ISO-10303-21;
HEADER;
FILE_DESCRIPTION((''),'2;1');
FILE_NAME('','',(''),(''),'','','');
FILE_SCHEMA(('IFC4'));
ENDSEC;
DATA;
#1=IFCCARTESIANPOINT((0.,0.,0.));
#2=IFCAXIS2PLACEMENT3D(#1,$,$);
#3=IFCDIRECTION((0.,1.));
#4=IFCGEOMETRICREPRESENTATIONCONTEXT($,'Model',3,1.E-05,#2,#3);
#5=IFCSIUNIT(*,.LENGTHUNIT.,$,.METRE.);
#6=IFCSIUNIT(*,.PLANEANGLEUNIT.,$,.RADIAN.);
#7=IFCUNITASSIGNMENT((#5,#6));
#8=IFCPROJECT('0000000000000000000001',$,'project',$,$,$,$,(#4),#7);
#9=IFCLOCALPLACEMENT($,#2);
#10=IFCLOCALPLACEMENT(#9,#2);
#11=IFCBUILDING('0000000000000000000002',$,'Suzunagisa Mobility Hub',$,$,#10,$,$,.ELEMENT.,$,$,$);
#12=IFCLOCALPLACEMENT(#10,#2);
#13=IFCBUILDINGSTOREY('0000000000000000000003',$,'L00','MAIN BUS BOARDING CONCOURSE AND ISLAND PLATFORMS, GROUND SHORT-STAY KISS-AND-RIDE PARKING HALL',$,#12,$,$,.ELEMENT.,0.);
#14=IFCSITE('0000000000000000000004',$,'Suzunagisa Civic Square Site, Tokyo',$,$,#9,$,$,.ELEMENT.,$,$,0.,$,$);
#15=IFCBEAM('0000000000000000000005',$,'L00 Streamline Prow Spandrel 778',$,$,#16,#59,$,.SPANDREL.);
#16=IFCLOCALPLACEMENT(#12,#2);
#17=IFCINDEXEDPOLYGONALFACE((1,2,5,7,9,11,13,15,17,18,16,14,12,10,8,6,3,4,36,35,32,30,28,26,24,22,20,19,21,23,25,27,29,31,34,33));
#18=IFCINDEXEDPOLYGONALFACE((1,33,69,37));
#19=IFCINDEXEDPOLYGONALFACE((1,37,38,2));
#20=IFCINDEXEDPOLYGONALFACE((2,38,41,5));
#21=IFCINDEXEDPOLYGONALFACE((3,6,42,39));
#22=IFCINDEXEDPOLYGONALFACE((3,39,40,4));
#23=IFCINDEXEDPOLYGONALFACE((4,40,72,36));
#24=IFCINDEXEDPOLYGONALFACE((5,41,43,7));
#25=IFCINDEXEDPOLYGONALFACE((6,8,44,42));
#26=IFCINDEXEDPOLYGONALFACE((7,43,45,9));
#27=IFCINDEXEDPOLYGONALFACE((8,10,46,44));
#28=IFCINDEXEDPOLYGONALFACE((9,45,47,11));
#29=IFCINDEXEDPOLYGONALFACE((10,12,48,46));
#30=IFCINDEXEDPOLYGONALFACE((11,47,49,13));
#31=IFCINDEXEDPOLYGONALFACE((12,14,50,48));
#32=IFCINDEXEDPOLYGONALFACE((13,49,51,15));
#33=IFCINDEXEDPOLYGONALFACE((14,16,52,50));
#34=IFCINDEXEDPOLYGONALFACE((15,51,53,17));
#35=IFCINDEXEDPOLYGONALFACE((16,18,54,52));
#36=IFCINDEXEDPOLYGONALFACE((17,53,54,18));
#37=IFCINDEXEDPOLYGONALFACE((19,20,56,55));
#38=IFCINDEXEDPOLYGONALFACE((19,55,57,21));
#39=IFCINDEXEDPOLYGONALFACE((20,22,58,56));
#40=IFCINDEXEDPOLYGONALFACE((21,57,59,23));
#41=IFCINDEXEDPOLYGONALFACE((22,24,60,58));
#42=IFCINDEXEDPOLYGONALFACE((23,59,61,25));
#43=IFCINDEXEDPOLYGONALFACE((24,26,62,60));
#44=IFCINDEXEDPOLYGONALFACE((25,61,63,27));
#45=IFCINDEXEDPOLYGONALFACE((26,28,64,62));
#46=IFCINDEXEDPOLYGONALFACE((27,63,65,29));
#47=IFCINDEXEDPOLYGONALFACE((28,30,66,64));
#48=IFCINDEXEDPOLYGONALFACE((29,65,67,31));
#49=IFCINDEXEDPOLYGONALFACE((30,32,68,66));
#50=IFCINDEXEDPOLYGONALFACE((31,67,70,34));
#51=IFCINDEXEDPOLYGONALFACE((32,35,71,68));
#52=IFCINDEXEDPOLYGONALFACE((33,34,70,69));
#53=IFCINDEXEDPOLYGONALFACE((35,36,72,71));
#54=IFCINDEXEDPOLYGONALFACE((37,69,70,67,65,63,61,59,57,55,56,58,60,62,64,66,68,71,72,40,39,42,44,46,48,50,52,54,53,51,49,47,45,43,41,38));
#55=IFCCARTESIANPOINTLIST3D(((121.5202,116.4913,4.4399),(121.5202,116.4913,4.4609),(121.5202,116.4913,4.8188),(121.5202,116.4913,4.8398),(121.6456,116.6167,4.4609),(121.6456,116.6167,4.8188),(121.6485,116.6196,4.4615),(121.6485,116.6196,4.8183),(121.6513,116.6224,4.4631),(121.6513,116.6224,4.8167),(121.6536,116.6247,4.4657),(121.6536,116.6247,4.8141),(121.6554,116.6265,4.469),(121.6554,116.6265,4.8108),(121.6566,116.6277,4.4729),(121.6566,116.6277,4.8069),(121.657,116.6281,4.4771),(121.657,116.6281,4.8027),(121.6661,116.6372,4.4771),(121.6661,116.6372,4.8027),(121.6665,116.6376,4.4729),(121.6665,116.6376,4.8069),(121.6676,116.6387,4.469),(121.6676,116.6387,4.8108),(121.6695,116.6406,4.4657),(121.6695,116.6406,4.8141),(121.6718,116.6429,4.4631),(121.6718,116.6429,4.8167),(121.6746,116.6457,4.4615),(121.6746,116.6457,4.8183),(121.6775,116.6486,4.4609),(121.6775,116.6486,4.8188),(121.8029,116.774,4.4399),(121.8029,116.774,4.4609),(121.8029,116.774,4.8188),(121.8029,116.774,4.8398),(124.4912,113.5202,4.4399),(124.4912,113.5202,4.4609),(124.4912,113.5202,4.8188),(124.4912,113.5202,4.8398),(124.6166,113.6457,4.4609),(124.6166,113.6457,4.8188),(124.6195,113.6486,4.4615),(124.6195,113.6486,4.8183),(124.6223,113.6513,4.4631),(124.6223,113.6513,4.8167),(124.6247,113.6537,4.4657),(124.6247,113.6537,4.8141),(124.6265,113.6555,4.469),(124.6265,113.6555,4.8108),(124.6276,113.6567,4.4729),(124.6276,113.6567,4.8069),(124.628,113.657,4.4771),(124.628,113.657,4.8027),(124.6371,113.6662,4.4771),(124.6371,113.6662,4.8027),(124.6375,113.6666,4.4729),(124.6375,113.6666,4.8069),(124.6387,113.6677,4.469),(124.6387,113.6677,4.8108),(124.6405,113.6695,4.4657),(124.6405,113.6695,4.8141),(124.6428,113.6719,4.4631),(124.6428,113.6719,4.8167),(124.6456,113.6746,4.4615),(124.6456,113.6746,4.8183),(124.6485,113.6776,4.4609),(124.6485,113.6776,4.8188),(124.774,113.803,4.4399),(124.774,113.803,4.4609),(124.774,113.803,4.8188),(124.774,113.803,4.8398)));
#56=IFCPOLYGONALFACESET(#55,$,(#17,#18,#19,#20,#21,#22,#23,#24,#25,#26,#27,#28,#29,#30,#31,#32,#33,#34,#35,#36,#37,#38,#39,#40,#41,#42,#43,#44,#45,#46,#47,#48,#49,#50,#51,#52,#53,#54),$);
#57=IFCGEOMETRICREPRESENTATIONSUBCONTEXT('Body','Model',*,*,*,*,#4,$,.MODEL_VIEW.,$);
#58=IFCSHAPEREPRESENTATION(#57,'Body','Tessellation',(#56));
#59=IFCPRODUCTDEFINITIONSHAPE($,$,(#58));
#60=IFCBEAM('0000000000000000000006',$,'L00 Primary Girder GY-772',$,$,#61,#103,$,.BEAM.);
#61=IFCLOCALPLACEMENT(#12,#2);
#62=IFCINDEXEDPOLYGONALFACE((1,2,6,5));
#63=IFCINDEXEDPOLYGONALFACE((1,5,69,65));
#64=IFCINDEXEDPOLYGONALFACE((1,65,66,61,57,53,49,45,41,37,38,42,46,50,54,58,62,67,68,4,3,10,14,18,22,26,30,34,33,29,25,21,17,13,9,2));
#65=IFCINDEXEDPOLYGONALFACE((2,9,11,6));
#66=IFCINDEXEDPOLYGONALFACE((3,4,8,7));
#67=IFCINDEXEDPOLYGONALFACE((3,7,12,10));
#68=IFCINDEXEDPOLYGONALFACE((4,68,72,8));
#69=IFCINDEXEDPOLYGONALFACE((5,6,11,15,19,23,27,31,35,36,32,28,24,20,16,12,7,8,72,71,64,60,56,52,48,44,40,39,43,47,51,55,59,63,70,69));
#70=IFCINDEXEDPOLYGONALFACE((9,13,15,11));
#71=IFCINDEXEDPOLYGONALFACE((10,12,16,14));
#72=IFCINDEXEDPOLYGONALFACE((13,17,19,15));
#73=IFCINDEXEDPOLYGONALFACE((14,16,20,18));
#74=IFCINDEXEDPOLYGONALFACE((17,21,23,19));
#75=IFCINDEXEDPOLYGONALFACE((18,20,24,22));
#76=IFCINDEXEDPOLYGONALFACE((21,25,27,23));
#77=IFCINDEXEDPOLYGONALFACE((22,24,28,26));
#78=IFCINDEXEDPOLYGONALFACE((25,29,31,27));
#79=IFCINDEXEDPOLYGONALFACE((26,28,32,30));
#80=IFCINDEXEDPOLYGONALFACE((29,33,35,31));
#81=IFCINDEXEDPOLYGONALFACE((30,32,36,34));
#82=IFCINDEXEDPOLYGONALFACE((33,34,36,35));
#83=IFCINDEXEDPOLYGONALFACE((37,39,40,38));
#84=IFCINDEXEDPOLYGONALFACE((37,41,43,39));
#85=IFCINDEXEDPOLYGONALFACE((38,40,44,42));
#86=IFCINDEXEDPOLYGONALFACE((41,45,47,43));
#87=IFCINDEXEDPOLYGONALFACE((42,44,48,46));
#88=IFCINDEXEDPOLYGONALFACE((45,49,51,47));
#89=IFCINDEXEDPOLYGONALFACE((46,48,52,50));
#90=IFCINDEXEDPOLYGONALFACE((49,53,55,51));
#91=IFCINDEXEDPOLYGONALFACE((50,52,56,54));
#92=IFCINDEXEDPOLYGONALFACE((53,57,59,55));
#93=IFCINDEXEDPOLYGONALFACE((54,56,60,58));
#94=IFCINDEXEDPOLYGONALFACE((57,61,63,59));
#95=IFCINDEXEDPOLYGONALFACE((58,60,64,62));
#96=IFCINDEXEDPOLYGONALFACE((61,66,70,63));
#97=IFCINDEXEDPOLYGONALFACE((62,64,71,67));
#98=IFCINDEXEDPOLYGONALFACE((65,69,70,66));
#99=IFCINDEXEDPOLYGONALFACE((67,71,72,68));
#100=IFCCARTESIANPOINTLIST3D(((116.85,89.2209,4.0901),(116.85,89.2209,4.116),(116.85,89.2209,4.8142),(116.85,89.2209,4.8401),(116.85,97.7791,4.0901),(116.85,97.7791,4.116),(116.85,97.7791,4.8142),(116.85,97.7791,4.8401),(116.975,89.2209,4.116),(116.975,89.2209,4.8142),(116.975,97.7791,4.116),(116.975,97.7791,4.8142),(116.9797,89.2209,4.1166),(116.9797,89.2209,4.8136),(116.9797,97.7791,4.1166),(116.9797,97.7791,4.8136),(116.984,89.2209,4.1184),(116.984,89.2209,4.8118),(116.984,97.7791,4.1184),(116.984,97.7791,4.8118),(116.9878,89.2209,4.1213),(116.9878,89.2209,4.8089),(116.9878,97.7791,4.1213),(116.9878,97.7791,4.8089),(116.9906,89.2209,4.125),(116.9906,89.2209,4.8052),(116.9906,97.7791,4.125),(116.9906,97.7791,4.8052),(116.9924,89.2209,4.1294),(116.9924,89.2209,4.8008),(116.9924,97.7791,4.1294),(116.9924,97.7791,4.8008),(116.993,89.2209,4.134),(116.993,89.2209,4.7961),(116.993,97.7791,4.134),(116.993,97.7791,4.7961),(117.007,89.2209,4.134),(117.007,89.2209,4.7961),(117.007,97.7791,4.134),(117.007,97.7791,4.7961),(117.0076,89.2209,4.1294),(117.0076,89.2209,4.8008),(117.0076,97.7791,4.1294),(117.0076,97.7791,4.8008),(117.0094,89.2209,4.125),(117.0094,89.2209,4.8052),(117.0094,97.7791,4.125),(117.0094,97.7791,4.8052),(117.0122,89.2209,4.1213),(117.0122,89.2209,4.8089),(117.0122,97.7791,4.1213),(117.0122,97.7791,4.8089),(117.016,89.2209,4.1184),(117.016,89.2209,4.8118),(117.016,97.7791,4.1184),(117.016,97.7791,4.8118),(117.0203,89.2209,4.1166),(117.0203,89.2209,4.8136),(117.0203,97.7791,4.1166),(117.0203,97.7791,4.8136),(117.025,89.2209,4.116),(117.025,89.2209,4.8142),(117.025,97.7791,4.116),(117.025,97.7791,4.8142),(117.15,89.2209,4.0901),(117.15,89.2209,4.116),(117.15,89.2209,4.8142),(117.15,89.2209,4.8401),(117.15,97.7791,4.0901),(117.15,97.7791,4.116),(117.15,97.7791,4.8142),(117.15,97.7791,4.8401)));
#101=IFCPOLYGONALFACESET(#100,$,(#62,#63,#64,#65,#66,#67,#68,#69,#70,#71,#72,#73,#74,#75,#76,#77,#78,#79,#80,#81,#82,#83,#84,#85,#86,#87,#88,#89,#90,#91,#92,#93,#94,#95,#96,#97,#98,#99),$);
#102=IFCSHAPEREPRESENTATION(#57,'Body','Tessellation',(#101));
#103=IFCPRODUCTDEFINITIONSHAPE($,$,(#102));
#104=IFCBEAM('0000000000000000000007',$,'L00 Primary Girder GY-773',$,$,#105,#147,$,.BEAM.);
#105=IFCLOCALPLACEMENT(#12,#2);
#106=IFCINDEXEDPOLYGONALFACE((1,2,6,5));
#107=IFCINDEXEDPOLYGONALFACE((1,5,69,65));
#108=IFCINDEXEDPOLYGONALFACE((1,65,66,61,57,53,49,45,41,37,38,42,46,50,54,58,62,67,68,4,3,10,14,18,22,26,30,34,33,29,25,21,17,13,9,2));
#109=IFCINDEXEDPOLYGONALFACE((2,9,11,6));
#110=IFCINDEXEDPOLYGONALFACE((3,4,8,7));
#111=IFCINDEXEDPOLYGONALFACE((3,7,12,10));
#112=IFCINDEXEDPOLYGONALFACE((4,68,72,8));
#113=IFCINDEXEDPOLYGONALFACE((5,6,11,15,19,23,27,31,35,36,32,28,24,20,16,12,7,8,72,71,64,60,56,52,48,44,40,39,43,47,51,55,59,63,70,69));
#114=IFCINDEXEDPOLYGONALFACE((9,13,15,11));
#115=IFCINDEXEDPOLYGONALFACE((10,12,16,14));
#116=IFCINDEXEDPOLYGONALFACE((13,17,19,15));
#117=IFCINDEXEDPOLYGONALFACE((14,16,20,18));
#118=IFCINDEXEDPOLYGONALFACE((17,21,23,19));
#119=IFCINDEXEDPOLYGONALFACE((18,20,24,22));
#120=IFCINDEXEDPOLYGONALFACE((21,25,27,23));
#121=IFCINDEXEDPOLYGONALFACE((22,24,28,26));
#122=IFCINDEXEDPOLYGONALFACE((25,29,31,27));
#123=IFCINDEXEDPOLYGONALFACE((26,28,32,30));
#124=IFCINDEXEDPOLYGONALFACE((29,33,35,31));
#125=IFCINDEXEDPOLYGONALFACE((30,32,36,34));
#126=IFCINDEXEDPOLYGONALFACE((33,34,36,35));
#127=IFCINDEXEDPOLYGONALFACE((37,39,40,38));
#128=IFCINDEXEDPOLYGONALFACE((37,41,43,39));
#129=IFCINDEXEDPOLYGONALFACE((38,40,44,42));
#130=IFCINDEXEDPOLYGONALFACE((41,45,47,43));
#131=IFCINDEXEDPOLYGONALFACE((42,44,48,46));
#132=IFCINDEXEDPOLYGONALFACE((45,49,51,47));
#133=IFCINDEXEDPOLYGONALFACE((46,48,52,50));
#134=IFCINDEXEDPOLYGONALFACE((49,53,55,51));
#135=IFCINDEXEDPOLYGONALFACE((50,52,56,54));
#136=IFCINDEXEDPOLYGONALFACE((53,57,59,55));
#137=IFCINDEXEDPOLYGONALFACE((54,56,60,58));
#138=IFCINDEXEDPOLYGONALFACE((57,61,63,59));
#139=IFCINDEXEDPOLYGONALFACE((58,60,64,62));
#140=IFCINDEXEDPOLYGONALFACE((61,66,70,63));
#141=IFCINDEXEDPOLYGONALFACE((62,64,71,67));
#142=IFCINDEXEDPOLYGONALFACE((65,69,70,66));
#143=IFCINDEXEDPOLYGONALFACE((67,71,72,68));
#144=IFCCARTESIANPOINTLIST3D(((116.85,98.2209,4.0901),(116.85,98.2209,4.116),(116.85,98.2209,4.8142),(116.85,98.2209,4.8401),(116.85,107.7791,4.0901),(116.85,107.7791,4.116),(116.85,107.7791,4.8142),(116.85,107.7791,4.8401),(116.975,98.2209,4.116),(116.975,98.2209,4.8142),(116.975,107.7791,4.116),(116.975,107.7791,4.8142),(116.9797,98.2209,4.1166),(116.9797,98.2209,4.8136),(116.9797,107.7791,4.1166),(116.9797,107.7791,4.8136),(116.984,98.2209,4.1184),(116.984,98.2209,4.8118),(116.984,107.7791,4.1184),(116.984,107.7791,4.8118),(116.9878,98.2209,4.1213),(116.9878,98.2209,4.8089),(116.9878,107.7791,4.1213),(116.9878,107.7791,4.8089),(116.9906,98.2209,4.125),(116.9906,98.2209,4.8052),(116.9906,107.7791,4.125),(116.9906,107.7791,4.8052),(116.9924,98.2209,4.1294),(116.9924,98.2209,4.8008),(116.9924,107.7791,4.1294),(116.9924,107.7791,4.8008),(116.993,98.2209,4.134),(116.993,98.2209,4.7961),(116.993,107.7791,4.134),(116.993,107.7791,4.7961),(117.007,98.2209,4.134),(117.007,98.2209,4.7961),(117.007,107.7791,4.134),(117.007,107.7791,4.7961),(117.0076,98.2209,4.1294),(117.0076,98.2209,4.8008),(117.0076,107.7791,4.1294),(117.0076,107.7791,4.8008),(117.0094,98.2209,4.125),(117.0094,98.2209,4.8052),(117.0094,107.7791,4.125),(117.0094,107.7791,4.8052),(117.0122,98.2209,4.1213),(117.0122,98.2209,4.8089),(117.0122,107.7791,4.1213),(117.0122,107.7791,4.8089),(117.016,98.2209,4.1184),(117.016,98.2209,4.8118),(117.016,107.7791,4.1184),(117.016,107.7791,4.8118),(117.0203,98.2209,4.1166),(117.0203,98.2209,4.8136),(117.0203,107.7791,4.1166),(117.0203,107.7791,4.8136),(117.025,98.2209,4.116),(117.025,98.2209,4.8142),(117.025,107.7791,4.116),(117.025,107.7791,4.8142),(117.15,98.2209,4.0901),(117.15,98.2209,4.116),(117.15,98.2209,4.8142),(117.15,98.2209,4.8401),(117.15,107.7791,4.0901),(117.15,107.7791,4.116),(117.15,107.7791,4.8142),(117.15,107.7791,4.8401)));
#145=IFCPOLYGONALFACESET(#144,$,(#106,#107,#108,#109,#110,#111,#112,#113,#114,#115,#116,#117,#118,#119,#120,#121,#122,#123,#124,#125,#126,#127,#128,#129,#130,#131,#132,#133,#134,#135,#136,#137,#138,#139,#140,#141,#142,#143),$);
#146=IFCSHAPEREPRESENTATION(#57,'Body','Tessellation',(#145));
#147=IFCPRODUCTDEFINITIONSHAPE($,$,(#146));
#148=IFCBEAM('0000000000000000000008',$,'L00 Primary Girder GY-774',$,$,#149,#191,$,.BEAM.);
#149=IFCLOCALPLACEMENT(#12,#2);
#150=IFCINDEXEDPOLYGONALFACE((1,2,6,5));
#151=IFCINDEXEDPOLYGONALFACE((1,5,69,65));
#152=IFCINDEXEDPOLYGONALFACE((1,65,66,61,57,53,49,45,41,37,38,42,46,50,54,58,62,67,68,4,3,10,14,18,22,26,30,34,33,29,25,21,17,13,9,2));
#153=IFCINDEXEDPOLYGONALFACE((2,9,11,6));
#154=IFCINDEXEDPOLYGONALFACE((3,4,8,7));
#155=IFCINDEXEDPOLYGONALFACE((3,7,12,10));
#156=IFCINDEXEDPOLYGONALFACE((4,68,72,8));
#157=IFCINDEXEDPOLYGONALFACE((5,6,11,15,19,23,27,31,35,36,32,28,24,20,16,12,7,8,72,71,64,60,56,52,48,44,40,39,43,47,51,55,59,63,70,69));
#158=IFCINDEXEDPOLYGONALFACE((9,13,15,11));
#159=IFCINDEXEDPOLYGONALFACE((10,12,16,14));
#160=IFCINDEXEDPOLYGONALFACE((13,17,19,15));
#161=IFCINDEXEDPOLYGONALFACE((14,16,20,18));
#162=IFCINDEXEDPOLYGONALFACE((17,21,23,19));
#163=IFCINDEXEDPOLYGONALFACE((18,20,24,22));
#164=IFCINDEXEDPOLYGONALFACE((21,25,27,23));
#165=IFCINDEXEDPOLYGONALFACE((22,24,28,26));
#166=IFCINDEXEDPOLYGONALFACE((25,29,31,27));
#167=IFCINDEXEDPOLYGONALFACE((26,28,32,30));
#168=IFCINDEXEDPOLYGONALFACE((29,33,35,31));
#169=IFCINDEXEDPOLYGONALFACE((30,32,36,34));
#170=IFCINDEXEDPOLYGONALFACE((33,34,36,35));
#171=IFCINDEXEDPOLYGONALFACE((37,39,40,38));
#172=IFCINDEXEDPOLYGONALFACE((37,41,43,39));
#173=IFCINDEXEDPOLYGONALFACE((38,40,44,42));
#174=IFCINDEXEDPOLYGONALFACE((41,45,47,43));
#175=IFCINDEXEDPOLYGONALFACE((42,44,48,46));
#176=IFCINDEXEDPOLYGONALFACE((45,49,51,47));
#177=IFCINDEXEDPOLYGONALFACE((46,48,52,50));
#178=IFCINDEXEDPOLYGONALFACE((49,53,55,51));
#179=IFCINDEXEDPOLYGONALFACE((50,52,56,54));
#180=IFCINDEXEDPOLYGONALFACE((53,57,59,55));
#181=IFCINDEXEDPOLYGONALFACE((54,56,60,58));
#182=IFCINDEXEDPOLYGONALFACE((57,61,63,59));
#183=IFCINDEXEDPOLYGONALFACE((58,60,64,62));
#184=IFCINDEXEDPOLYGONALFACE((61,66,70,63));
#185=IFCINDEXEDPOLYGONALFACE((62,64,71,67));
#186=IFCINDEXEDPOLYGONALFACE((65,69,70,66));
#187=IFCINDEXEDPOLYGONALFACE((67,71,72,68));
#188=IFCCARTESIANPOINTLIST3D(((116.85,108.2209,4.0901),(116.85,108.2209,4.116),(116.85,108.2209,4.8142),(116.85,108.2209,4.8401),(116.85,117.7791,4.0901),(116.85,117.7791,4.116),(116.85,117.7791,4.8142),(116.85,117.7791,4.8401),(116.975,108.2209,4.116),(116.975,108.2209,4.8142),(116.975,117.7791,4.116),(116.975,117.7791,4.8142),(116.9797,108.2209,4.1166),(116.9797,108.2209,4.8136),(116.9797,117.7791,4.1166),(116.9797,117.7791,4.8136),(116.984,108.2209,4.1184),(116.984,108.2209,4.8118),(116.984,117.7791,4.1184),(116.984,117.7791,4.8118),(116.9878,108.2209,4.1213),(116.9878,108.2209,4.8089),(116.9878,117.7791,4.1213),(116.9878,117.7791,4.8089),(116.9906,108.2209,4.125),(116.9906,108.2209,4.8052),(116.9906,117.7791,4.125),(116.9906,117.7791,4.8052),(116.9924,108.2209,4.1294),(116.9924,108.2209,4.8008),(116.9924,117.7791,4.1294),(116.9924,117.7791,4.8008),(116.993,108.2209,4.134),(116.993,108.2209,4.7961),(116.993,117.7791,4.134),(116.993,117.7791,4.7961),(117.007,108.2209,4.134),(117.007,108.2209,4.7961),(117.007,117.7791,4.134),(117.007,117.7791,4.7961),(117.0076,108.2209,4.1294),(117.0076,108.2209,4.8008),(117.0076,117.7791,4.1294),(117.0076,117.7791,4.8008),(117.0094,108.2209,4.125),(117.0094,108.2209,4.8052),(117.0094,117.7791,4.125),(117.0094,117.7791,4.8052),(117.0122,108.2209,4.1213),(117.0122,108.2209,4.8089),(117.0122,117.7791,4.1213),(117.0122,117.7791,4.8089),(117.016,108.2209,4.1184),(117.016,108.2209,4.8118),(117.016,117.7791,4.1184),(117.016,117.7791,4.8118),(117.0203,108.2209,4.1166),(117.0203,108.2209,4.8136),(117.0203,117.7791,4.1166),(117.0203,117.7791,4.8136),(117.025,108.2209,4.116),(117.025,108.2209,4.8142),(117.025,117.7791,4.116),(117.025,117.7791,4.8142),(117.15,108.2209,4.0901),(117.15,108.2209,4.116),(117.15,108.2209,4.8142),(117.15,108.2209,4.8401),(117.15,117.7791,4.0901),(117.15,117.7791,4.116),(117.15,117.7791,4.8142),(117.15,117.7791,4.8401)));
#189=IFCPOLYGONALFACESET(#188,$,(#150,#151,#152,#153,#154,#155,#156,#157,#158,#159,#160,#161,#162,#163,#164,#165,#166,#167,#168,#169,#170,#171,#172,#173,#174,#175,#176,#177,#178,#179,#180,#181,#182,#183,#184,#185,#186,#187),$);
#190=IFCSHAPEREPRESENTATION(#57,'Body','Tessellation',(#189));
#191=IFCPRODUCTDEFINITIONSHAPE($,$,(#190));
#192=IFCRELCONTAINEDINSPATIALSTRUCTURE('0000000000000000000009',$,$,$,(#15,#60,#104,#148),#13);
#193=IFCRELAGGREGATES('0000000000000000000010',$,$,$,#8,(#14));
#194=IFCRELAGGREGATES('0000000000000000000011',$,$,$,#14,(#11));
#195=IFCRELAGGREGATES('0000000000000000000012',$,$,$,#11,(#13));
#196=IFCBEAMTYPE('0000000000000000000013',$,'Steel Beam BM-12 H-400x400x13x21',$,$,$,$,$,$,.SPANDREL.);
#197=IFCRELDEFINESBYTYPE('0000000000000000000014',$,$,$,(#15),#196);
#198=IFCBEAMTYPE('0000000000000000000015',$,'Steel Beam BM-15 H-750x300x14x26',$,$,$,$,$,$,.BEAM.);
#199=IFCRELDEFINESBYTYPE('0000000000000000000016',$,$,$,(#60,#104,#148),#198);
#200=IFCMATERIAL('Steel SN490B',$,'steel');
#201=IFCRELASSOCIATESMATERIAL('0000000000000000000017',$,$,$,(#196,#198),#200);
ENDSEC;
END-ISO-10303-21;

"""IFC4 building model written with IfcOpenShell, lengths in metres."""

from ifc_helpers import new_model, si_unit, direction, frame, origin, origin_2d, place, context, subcontext, project, spatial, i_section, extrude, material, material_profile, profile_set, type_object, element, save


model = new_model("IFC4")

# Units and contexts
model_context = context("Model", 3, precision=1e-05, world=origin(), true_north=direction((0.0, 1.0)))
body_context = subcontext(model_context, "Body", "Model", "MODEL_VIEW")
ifc_project = project(units=[si_unit("LENGTHUNIT", "METRE"), si_unit("PLANEANGLEUNIT", "RADIAN")], contexts=[model_context])

# Site, building, storey
site_placement = place(None, origin())
site = spatial("IfcSite", under=ifc_project, at=site_placement, Name="Suzunagisa Civic Square Site, Tokyo", CompositionType="ELEMENT", RefElevation=0.0)
building_placement = place(site_placement, origin())
building = spatial("IfcBuilding", under=site, at=building_placement, Name="Suzunagisa Mobility Hub", CompositionType="ELEMENT")
storey_placement = place(building_placement, origin())
storey = spatial("IfcBuildingStorey", under=building, at=storey_placement, Name="L00", Description="MAIN BUS BOARDING CONCOURSE AND ISLAND PLATFORMS, GROUND SHORT-STAY KISS-AND-RIDE PARKING HALL", CompositionType="ELEMENT", Elevation=0.0)

# Shared definitions
ifc_material_1 = material(Name="Steel SN490B", Category="steel")

# Beams
ifc_material_profile_1 = material_profile(ifc_material_1, i_section(OverallWidth=0.3999, OverallDepth=0.3999, WebThickness=0.0129, FlangeThickness=0.021, FilletRadius=0.0161, at=origin_2d()), Name="H-400x400x13x21")
ifc_profile_set_1 = profile_set([ifc_material_profile_1], Name="Steel SN490B")
beam_type_1 = type_object("IfcBeamType", Name="Steel Beam BM-12 H-400x400x13x21", PredefinedType="SPANDREL", material=ifc_profile_set_1)
beam_1_placement = place(storey_placement, frame((124.6326, 113.6616, 4.6399), z_axis=(-0.707107, 0.707107, 0.0), x_axis=(-0.707107, -0.707107, 0.0)))
element("IfcBeam", 1, at=beam_1_placement, inside=storey, type_object=beam_type_1, Name="L00 Streamline Prow Spandrel 778", PredefinedType="SPANDREL", context=body_context, shape_type="SweptSolid", body=[
    extrude(i_section(OverallWidth=0.3999, OverallDepth=0.3999, WebThickness=0.0129, FlangeThickness=0.021, FilletRadius=0.0161, at=origin_2d()), origin(), (0.0, 0.0, 1.0), 4.2017),
])
ifc_material_profile_2 = material_profile(ifc_material_1, i_section(OverallWidth=0.3, OverallDepth=0.75, WebThickness=0.0139, FlangeThickness=0.0259, FilletRadius=0.0181, at=origin_2d()), Name="H-750x300x14x26")
ifc_profile_set_2 = profile_set([ifc_material_profile_2], Name="Steel SN490B")
beam_type_2 = type_object("IfcBeamType", Name="Steel Beam BM-15 H-750x300x14x26", PredefinedType="BEAM", material=ifc_profile_set_2)
beam_2_placement = place(storey_placement, frame((117.0, 89.2209, 4.4651), z_axis=(0.0, 1.0, 0.0), x_axis=(-1.0, 0.0, 0.0)))
element("IfcBeam", 2, at=beam_2_placement, inside=storey, type_object=beam_type_2, Name="L00 Primary Girder GY-772", PredefinedType="BEAM", context=body_context, shape_type="SweptSolid", body=[
    extrude(i_section(OverallWidth=0.3, OverallDepth=0.75, WebThickness=0.0139, FlangeThickness=0.0259, FilletRadius=0.0181, at=origin_2d()), origin(), (0.0, 0.0, 1.0), 8.5581),
])
for number, where, z_axis, x_axis, name in (
    (3, (117.0, 98.2209, 4.4651), (0.0, 1.0, 0.0), (-1.0, 0.0, 0.0), "L00 Primary Girder GY-773"),
    (4, (117.0, 108.2209, 4.4651), (0.0, 1.0, 0.0), (-1.0, 0.0, 0.0), "L00 Primary Girder GY-774"),
):
    element("IfcBeam", number, at=place(storey_placement, frame(where, z_axis=z_axis, x_axis=x_axis)), inside=storey, type_object=beam_type_2, Name=name, PredefinedType="BEAM", context=body_context, shape_type="SweptSolid", body=[
        extrude(i_section(OverallWidth=0.3, OverallDepth=0.75, WebThickness=0.0139, FlangeThickness=0.0259, FilletRadius=0.0181, at=origin_2d()), origin(), (0.0, 0.0, 1.0), 9.5581),
    ])

save(model, "model.ifc")
